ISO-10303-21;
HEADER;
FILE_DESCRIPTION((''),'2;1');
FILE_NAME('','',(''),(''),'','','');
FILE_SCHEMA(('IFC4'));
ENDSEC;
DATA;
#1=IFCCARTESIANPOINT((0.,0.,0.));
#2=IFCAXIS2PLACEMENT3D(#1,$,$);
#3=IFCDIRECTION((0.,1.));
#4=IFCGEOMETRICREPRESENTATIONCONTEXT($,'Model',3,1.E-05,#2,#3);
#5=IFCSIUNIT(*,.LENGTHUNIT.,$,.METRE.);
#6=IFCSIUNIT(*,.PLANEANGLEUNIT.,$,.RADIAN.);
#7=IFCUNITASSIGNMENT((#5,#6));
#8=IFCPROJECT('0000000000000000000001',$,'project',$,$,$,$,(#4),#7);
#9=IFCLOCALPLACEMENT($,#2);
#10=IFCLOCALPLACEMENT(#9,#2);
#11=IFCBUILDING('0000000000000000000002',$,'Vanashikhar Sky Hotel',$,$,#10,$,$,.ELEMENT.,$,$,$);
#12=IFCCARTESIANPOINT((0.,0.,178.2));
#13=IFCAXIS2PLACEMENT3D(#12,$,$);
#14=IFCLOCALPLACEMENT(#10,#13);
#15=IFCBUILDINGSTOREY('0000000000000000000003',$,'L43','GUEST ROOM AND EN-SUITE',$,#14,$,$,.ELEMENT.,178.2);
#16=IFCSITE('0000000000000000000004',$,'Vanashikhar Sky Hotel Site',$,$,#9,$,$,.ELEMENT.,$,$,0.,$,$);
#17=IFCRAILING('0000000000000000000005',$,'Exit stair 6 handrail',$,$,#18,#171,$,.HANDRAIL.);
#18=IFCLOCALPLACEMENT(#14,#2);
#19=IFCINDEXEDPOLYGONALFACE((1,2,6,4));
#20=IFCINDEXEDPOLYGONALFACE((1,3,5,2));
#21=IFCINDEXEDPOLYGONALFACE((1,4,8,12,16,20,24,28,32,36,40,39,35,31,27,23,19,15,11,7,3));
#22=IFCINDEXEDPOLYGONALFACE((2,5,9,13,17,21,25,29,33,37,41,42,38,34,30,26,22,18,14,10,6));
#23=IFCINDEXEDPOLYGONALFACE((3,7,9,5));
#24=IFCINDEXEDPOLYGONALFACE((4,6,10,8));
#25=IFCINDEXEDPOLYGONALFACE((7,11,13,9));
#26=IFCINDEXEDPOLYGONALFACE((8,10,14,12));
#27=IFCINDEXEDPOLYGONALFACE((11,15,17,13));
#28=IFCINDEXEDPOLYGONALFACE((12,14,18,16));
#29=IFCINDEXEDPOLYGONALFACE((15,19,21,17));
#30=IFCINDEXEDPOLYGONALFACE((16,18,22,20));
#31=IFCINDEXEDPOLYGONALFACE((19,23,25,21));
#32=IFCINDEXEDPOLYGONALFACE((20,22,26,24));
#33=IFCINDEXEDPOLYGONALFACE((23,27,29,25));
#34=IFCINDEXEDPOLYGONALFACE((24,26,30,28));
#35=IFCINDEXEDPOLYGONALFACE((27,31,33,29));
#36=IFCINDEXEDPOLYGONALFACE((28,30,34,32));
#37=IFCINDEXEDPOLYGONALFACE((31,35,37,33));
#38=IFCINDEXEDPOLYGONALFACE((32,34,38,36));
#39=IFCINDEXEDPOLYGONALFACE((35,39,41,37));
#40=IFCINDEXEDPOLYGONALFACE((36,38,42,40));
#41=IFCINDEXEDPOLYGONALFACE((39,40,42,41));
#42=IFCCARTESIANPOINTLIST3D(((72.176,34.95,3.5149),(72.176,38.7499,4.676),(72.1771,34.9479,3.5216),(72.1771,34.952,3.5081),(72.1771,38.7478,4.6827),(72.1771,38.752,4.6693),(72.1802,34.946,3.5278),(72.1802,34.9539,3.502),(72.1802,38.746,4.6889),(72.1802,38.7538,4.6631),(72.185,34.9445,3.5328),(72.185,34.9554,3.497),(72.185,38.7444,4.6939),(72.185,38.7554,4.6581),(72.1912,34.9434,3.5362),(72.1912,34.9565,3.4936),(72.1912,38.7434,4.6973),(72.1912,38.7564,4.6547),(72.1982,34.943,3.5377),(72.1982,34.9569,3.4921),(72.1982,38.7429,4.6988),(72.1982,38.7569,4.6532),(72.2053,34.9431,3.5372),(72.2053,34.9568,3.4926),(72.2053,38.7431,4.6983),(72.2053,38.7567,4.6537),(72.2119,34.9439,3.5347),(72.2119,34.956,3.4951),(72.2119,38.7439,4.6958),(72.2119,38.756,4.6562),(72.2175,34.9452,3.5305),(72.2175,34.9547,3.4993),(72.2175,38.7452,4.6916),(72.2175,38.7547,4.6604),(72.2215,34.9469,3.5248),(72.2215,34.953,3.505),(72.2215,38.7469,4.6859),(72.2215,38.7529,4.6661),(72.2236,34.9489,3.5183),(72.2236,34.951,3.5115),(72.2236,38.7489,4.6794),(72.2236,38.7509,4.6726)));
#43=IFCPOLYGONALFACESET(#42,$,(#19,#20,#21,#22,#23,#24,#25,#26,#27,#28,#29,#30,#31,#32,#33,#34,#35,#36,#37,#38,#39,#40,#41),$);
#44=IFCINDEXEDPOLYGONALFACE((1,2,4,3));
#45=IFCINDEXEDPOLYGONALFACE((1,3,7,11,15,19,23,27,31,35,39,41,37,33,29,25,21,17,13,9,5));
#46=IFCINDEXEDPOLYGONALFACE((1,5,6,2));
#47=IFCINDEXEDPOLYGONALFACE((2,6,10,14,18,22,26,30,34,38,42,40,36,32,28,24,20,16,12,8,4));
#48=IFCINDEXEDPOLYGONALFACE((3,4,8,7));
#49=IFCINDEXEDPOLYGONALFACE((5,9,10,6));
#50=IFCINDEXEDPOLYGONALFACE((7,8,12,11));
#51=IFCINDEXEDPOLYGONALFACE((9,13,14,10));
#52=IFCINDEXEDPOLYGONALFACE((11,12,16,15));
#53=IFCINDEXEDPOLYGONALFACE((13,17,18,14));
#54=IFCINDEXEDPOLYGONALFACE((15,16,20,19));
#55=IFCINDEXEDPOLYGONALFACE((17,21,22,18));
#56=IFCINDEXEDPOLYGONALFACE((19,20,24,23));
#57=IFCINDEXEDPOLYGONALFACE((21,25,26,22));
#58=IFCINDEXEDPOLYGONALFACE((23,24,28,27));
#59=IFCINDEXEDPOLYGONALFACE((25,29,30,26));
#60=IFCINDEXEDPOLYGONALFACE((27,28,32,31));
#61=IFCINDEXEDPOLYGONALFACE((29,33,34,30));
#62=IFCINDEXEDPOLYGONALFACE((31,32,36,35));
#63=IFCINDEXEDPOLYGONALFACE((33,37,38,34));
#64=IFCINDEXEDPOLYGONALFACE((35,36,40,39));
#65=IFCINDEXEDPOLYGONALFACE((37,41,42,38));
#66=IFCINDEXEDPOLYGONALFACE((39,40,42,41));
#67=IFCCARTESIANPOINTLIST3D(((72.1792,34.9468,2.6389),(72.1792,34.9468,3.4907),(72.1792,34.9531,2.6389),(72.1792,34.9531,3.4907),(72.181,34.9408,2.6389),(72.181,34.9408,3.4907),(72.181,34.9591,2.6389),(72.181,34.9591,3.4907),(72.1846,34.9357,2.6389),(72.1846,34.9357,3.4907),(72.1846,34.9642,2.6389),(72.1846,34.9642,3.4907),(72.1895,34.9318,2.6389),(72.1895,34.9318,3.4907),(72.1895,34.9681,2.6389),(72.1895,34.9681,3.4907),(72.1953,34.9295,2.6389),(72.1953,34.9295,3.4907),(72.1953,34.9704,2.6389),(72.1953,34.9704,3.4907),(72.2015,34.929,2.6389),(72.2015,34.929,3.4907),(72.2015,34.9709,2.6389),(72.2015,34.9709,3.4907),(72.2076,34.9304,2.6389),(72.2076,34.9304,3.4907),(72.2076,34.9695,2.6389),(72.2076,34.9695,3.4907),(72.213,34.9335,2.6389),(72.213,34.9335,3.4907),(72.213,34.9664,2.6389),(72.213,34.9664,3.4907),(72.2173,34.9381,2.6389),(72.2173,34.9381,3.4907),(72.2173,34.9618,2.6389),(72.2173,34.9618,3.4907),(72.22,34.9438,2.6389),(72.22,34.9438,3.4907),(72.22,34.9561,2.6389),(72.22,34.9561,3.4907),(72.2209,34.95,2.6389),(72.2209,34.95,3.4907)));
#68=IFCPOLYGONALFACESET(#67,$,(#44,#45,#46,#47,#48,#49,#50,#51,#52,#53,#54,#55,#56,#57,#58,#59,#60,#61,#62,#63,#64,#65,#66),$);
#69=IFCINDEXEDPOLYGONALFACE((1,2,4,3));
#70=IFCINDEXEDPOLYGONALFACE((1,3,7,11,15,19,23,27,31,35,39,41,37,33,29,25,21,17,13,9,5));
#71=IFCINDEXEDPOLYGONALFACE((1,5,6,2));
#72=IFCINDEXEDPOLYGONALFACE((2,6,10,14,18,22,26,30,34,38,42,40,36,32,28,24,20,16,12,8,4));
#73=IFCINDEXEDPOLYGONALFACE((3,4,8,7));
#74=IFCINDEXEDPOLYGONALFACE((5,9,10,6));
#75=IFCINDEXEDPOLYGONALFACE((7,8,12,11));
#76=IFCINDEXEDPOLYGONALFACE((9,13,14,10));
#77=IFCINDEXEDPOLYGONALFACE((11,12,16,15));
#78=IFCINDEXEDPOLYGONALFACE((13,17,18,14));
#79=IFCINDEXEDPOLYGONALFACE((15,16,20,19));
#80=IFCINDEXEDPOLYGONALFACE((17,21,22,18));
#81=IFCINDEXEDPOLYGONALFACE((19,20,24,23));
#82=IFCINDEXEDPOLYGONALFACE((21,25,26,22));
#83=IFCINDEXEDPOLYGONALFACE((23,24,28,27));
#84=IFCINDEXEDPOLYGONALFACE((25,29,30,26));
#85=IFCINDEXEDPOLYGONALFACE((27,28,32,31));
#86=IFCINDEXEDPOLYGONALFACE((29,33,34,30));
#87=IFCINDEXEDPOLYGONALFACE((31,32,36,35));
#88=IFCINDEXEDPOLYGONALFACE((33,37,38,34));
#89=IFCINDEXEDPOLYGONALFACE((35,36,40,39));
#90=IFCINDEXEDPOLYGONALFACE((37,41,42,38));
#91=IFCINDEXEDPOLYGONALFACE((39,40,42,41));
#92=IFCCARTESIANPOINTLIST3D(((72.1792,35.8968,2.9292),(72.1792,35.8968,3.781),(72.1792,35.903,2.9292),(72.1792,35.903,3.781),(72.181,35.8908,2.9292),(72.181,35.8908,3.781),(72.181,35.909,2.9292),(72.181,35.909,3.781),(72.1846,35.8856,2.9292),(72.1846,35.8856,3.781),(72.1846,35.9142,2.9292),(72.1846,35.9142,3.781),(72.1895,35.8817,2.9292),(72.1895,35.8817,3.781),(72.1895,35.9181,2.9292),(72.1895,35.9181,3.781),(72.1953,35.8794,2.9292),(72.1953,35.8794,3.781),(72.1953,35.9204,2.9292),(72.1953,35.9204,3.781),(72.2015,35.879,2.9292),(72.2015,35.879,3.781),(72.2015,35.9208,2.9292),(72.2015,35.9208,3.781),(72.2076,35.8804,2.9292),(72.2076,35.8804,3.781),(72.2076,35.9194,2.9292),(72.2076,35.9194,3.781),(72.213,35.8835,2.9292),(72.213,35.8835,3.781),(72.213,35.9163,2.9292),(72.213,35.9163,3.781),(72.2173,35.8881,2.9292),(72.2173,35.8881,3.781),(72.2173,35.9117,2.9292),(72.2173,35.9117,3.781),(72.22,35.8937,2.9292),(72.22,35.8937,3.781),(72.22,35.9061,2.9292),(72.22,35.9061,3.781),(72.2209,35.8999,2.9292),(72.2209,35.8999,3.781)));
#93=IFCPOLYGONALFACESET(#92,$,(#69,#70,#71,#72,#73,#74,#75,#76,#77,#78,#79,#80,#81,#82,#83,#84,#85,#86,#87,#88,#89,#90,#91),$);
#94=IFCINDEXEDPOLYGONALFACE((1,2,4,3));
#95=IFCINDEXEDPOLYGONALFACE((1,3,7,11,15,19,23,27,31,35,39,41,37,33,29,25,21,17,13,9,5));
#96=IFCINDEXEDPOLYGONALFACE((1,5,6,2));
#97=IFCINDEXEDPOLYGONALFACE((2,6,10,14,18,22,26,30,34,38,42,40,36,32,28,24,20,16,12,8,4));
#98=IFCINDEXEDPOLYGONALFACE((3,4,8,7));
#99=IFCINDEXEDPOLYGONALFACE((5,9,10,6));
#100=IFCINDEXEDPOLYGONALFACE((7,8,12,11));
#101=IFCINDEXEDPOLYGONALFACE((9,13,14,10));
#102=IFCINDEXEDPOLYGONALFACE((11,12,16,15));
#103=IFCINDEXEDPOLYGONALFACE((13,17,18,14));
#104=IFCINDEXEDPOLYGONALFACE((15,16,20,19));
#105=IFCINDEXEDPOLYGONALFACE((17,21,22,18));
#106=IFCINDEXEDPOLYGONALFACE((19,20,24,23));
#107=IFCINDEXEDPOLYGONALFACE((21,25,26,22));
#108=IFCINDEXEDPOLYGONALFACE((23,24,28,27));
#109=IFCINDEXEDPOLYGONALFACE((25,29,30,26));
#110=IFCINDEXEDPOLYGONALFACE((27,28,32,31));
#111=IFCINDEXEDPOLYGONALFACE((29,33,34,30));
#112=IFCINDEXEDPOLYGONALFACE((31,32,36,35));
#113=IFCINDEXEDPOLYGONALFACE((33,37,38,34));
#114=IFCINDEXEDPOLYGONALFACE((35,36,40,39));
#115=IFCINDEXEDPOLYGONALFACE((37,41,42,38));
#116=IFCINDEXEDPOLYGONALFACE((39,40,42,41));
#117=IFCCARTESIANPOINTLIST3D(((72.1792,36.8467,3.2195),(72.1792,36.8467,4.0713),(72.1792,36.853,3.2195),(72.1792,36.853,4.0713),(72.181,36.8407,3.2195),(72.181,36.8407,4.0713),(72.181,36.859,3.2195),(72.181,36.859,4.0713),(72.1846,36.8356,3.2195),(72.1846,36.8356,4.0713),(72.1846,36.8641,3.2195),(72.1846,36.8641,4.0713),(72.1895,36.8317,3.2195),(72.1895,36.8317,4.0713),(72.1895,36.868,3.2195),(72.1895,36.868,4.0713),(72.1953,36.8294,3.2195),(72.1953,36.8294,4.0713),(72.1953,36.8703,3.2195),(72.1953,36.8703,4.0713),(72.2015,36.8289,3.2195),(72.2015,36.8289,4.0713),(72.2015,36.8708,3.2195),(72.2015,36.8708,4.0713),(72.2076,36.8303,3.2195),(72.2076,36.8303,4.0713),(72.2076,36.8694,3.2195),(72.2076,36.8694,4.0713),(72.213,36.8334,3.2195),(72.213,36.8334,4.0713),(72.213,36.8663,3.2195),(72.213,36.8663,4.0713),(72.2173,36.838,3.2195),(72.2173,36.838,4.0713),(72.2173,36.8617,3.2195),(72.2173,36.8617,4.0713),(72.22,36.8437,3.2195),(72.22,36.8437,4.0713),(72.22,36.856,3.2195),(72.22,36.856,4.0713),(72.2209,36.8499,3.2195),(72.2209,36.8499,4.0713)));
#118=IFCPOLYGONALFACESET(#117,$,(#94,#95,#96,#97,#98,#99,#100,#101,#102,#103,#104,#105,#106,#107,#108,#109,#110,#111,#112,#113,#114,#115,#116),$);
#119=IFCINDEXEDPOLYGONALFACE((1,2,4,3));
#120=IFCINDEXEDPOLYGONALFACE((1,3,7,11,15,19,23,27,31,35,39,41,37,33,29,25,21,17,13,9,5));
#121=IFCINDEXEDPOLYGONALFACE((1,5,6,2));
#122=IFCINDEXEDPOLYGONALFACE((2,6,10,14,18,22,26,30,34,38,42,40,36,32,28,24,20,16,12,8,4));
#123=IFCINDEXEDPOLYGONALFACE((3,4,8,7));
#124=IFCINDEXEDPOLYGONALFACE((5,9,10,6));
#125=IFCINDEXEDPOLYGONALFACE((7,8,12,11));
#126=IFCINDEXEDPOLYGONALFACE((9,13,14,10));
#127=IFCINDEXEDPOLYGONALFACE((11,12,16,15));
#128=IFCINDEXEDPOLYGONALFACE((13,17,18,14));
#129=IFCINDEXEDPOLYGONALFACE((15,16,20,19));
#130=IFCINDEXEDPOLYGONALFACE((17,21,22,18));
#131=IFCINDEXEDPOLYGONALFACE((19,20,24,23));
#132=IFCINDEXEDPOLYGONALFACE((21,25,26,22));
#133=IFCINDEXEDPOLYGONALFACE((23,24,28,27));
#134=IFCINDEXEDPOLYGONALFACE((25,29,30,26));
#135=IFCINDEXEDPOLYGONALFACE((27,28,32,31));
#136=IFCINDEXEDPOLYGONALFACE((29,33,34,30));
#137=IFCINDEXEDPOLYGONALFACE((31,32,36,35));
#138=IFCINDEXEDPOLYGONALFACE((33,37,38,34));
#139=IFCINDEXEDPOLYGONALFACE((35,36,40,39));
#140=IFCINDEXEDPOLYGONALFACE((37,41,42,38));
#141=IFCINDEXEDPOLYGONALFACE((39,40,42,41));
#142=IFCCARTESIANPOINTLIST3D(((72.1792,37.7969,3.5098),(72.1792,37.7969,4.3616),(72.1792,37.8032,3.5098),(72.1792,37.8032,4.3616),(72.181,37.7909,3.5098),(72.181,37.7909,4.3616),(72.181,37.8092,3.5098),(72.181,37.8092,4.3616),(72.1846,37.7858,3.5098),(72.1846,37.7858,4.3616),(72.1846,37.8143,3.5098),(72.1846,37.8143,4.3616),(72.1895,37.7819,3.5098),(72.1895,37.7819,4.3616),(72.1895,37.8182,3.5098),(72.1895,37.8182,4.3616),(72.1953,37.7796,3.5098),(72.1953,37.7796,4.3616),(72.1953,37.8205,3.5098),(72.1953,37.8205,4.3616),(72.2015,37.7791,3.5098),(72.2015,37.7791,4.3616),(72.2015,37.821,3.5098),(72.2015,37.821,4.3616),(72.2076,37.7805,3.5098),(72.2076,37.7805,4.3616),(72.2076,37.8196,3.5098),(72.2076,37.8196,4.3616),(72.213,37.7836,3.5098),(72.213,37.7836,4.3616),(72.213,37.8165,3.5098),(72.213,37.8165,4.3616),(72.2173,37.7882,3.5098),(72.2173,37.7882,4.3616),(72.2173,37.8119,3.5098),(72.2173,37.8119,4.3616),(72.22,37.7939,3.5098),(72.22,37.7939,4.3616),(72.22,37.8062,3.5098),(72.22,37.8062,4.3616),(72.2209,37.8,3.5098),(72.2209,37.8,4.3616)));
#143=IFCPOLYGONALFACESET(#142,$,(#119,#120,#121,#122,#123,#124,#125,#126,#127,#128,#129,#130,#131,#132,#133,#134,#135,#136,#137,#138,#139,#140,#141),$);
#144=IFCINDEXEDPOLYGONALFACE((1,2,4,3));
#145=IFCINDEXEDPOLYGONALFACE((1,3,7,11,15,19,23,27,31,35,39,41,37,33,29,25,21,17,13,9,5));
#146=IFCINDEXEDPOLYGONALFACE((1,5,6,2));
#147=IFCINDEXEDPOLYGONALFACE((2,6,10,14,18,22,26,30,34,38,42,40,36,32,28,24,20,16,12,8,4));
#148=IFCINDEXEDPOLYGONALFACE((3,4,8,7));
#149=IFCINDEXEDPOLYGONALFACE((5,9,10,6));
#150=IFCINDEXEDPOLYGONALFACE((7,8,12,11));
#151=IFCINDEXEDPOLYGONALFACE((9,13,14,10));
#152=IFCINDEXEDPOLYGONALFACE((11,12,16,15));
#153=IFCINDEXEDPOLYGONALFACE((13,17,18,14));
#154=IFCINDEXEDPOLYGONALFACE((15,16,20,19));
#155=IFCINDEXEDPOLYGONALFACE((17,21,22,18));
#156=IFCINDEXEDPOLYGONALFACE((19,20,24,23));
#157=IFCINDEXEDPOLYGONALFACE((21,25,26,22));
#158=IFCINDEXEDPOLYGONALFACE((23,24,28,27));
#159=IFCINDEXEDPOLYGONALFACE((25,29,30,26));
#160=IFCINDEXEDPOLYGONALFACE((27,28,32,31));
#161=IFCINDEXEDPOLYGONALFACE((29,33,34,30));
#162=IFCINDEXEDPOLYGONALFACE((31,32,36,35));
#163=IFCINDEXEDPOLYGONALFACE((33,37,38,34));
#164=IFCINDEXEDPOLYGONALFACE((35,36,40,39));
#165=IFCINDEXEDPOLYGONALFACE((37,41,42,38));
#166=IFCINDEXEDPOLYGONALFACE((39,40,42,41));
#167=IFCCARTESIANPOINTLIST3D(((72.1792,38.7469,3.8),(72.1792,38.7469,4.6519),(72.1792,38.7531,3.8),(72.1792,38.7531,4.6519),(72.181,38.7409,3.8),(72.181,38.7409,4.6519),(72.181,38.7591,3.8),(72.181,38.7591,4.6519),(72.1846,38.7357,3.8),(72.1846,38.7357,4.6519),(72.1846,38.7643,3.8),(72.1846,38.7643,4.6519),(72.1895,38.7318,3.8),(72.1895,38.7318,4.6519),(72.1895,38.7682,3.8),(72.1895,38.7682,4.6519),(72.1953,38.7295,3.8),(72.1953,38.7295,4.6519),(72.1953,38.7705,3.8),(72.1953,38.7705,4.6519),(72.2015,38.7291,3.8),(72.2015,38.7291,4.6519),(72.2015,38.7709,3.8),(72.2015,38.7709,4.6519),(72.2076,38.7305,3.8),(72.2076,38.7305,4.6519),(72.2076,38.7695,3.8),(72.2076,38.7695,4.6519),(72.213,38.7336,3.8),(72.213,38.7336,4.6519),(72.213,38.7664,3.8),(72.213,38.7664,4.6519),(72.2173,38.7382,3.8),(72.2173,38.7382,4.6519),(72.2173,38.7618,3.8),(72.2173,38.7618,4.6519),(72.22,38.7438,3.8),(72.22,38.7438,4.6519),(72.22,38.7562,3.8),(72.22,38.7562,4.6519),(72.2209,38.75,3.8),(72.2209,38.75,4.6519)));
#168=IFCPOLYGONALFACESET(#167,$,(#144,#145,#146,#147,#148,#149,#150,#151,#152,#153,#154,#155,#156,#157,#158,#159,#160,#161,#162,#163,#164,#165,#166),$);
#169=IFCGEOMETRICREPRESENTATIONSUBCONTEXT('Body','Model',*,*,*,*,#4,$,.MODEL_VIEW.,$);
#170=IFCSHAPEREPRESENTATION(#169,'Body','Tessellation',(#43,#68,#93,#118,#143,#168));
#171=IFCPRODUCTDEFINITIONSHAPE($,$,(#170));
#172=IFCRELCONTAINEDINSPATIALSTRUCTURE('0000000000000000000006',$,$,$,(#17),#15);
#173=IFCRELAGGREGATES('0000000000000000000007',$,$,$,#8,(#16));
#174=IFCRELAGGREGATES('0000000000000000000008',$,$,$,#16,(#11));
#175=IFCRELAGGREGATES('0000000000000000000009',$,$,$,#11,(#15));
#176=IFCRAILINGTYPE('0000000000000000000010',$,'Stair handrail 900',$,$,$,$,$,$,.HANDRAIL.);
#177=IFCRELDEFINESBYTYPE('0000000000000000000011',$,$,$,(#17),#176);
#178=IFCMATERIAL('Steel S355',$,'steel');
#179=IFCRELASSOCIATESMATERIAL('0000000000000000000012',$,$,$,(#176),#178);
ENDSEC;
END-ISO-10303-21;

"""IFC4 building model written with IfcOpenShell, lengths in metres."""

from ifc_helpers import new_model, si_unit, direction, frame, origin, origin_2d, place, context, subcontext, project, spatial, circle, extrude, source, transform, mapped, material, type_object, element, save


model = new_model("IFC4")

# Units and contexts
model_context = context("Model", 3, precision=1e-05, world=origin(), true_north=direction((0.0, 1.0)))
body_context = subcontext(model_context, "Body", "Model", "MODEL_VIEW")
ifc_project = project(units=[si_unit("LENGTHUNIT", "METRE"), si_unit("PLANEANGLEUNIT", "RADIAN")], contexts=[model_context])

# Site, building, storey
site_placement = place(None, origin())
site = spatial("IfcSite", under=ifc_project, at=site_placement, Name="Vanashikhar Sky Hotel Site", CompositionType="ELEMENT", RefElevation=0.0)
building_placement = place(site_placement, origin())
building = spatial("IfcBuilding", under=site, at=building_placement, Name="Vanashikhar Sky Hotel", CompositionType="ELEMENT")
storey_placement = place(building_placement, frame((0.0, 0.0, 178.2)))
storey = spatial("IfcBuildingStorey", under=building, at=storey_placement, Name="L43", Description="GUEST ROOM AND EN-SUITE", CompositionType="ELEMENT", Elevation=178.2)

# Railing
ifc_material_1 = material(Name="Steel S355", Category="steel")
railing_type = type_object("IfcRailingType", Name="Stair handrail 900", PredefinedType="HANDRAIL", material=ifc_material_1)
shared_shape_1 = source(origin(), body_context, "Body", "SweptSolid", [
    extrude(circle(Radius=0.0239, at=origin_2d()), frame((0.0, 0.0, 0.876), z_axis=(0.0, 0.956351, 0.29222), x_axis=(-1.0, 0.0, 0.0)), (0.0, 0.0, 1.0), 3.9734),
    extrude(circle(Radius=0.021, at=origin_2d()), origin(), (0.0, 0.0, 1.0), 0.8518),
    extrude(circle(Radius=0.021, at=origin_2d()), frame((0.0, 0.95, 0.2903)), (0.0, 0.0, 1.0), 0.8518),
    extrude(circle(Radius=0.021, at=origin_2d()), frame((0.0, 1.8999, 0.5806)), (0.0, 0.0, 1.0), 0.8518),
    extrude(circle(Radius=0.021, at=origin_2d()), frame((0.0, 2.8501, 0.8708)), (0.0, 0.0, 1.0), 0.8518),
    extrude(circle(Radius=0.021, at=origin_2d()), frame((0.0, 3.8, 1.1611)), (0.0, 0.0, 1.0), 0.8518),
])
railing_1_placement = place(storey_placement, frame((72.2, 34.95, 2.6389)))
element("IfcRailing", 1, at=railing_1_placement, inside=storey, type_object=railing_type, Name="Exit stair 6 handrail", PredefinedType="HANDRAIL", context=body_context, shape_type="MappedRepresentation", body=[
    mapped(shared_shape_1, transform((0.0, 0.0, 0.0), scale=1.0)),
])

save(model, "model.ifc")
